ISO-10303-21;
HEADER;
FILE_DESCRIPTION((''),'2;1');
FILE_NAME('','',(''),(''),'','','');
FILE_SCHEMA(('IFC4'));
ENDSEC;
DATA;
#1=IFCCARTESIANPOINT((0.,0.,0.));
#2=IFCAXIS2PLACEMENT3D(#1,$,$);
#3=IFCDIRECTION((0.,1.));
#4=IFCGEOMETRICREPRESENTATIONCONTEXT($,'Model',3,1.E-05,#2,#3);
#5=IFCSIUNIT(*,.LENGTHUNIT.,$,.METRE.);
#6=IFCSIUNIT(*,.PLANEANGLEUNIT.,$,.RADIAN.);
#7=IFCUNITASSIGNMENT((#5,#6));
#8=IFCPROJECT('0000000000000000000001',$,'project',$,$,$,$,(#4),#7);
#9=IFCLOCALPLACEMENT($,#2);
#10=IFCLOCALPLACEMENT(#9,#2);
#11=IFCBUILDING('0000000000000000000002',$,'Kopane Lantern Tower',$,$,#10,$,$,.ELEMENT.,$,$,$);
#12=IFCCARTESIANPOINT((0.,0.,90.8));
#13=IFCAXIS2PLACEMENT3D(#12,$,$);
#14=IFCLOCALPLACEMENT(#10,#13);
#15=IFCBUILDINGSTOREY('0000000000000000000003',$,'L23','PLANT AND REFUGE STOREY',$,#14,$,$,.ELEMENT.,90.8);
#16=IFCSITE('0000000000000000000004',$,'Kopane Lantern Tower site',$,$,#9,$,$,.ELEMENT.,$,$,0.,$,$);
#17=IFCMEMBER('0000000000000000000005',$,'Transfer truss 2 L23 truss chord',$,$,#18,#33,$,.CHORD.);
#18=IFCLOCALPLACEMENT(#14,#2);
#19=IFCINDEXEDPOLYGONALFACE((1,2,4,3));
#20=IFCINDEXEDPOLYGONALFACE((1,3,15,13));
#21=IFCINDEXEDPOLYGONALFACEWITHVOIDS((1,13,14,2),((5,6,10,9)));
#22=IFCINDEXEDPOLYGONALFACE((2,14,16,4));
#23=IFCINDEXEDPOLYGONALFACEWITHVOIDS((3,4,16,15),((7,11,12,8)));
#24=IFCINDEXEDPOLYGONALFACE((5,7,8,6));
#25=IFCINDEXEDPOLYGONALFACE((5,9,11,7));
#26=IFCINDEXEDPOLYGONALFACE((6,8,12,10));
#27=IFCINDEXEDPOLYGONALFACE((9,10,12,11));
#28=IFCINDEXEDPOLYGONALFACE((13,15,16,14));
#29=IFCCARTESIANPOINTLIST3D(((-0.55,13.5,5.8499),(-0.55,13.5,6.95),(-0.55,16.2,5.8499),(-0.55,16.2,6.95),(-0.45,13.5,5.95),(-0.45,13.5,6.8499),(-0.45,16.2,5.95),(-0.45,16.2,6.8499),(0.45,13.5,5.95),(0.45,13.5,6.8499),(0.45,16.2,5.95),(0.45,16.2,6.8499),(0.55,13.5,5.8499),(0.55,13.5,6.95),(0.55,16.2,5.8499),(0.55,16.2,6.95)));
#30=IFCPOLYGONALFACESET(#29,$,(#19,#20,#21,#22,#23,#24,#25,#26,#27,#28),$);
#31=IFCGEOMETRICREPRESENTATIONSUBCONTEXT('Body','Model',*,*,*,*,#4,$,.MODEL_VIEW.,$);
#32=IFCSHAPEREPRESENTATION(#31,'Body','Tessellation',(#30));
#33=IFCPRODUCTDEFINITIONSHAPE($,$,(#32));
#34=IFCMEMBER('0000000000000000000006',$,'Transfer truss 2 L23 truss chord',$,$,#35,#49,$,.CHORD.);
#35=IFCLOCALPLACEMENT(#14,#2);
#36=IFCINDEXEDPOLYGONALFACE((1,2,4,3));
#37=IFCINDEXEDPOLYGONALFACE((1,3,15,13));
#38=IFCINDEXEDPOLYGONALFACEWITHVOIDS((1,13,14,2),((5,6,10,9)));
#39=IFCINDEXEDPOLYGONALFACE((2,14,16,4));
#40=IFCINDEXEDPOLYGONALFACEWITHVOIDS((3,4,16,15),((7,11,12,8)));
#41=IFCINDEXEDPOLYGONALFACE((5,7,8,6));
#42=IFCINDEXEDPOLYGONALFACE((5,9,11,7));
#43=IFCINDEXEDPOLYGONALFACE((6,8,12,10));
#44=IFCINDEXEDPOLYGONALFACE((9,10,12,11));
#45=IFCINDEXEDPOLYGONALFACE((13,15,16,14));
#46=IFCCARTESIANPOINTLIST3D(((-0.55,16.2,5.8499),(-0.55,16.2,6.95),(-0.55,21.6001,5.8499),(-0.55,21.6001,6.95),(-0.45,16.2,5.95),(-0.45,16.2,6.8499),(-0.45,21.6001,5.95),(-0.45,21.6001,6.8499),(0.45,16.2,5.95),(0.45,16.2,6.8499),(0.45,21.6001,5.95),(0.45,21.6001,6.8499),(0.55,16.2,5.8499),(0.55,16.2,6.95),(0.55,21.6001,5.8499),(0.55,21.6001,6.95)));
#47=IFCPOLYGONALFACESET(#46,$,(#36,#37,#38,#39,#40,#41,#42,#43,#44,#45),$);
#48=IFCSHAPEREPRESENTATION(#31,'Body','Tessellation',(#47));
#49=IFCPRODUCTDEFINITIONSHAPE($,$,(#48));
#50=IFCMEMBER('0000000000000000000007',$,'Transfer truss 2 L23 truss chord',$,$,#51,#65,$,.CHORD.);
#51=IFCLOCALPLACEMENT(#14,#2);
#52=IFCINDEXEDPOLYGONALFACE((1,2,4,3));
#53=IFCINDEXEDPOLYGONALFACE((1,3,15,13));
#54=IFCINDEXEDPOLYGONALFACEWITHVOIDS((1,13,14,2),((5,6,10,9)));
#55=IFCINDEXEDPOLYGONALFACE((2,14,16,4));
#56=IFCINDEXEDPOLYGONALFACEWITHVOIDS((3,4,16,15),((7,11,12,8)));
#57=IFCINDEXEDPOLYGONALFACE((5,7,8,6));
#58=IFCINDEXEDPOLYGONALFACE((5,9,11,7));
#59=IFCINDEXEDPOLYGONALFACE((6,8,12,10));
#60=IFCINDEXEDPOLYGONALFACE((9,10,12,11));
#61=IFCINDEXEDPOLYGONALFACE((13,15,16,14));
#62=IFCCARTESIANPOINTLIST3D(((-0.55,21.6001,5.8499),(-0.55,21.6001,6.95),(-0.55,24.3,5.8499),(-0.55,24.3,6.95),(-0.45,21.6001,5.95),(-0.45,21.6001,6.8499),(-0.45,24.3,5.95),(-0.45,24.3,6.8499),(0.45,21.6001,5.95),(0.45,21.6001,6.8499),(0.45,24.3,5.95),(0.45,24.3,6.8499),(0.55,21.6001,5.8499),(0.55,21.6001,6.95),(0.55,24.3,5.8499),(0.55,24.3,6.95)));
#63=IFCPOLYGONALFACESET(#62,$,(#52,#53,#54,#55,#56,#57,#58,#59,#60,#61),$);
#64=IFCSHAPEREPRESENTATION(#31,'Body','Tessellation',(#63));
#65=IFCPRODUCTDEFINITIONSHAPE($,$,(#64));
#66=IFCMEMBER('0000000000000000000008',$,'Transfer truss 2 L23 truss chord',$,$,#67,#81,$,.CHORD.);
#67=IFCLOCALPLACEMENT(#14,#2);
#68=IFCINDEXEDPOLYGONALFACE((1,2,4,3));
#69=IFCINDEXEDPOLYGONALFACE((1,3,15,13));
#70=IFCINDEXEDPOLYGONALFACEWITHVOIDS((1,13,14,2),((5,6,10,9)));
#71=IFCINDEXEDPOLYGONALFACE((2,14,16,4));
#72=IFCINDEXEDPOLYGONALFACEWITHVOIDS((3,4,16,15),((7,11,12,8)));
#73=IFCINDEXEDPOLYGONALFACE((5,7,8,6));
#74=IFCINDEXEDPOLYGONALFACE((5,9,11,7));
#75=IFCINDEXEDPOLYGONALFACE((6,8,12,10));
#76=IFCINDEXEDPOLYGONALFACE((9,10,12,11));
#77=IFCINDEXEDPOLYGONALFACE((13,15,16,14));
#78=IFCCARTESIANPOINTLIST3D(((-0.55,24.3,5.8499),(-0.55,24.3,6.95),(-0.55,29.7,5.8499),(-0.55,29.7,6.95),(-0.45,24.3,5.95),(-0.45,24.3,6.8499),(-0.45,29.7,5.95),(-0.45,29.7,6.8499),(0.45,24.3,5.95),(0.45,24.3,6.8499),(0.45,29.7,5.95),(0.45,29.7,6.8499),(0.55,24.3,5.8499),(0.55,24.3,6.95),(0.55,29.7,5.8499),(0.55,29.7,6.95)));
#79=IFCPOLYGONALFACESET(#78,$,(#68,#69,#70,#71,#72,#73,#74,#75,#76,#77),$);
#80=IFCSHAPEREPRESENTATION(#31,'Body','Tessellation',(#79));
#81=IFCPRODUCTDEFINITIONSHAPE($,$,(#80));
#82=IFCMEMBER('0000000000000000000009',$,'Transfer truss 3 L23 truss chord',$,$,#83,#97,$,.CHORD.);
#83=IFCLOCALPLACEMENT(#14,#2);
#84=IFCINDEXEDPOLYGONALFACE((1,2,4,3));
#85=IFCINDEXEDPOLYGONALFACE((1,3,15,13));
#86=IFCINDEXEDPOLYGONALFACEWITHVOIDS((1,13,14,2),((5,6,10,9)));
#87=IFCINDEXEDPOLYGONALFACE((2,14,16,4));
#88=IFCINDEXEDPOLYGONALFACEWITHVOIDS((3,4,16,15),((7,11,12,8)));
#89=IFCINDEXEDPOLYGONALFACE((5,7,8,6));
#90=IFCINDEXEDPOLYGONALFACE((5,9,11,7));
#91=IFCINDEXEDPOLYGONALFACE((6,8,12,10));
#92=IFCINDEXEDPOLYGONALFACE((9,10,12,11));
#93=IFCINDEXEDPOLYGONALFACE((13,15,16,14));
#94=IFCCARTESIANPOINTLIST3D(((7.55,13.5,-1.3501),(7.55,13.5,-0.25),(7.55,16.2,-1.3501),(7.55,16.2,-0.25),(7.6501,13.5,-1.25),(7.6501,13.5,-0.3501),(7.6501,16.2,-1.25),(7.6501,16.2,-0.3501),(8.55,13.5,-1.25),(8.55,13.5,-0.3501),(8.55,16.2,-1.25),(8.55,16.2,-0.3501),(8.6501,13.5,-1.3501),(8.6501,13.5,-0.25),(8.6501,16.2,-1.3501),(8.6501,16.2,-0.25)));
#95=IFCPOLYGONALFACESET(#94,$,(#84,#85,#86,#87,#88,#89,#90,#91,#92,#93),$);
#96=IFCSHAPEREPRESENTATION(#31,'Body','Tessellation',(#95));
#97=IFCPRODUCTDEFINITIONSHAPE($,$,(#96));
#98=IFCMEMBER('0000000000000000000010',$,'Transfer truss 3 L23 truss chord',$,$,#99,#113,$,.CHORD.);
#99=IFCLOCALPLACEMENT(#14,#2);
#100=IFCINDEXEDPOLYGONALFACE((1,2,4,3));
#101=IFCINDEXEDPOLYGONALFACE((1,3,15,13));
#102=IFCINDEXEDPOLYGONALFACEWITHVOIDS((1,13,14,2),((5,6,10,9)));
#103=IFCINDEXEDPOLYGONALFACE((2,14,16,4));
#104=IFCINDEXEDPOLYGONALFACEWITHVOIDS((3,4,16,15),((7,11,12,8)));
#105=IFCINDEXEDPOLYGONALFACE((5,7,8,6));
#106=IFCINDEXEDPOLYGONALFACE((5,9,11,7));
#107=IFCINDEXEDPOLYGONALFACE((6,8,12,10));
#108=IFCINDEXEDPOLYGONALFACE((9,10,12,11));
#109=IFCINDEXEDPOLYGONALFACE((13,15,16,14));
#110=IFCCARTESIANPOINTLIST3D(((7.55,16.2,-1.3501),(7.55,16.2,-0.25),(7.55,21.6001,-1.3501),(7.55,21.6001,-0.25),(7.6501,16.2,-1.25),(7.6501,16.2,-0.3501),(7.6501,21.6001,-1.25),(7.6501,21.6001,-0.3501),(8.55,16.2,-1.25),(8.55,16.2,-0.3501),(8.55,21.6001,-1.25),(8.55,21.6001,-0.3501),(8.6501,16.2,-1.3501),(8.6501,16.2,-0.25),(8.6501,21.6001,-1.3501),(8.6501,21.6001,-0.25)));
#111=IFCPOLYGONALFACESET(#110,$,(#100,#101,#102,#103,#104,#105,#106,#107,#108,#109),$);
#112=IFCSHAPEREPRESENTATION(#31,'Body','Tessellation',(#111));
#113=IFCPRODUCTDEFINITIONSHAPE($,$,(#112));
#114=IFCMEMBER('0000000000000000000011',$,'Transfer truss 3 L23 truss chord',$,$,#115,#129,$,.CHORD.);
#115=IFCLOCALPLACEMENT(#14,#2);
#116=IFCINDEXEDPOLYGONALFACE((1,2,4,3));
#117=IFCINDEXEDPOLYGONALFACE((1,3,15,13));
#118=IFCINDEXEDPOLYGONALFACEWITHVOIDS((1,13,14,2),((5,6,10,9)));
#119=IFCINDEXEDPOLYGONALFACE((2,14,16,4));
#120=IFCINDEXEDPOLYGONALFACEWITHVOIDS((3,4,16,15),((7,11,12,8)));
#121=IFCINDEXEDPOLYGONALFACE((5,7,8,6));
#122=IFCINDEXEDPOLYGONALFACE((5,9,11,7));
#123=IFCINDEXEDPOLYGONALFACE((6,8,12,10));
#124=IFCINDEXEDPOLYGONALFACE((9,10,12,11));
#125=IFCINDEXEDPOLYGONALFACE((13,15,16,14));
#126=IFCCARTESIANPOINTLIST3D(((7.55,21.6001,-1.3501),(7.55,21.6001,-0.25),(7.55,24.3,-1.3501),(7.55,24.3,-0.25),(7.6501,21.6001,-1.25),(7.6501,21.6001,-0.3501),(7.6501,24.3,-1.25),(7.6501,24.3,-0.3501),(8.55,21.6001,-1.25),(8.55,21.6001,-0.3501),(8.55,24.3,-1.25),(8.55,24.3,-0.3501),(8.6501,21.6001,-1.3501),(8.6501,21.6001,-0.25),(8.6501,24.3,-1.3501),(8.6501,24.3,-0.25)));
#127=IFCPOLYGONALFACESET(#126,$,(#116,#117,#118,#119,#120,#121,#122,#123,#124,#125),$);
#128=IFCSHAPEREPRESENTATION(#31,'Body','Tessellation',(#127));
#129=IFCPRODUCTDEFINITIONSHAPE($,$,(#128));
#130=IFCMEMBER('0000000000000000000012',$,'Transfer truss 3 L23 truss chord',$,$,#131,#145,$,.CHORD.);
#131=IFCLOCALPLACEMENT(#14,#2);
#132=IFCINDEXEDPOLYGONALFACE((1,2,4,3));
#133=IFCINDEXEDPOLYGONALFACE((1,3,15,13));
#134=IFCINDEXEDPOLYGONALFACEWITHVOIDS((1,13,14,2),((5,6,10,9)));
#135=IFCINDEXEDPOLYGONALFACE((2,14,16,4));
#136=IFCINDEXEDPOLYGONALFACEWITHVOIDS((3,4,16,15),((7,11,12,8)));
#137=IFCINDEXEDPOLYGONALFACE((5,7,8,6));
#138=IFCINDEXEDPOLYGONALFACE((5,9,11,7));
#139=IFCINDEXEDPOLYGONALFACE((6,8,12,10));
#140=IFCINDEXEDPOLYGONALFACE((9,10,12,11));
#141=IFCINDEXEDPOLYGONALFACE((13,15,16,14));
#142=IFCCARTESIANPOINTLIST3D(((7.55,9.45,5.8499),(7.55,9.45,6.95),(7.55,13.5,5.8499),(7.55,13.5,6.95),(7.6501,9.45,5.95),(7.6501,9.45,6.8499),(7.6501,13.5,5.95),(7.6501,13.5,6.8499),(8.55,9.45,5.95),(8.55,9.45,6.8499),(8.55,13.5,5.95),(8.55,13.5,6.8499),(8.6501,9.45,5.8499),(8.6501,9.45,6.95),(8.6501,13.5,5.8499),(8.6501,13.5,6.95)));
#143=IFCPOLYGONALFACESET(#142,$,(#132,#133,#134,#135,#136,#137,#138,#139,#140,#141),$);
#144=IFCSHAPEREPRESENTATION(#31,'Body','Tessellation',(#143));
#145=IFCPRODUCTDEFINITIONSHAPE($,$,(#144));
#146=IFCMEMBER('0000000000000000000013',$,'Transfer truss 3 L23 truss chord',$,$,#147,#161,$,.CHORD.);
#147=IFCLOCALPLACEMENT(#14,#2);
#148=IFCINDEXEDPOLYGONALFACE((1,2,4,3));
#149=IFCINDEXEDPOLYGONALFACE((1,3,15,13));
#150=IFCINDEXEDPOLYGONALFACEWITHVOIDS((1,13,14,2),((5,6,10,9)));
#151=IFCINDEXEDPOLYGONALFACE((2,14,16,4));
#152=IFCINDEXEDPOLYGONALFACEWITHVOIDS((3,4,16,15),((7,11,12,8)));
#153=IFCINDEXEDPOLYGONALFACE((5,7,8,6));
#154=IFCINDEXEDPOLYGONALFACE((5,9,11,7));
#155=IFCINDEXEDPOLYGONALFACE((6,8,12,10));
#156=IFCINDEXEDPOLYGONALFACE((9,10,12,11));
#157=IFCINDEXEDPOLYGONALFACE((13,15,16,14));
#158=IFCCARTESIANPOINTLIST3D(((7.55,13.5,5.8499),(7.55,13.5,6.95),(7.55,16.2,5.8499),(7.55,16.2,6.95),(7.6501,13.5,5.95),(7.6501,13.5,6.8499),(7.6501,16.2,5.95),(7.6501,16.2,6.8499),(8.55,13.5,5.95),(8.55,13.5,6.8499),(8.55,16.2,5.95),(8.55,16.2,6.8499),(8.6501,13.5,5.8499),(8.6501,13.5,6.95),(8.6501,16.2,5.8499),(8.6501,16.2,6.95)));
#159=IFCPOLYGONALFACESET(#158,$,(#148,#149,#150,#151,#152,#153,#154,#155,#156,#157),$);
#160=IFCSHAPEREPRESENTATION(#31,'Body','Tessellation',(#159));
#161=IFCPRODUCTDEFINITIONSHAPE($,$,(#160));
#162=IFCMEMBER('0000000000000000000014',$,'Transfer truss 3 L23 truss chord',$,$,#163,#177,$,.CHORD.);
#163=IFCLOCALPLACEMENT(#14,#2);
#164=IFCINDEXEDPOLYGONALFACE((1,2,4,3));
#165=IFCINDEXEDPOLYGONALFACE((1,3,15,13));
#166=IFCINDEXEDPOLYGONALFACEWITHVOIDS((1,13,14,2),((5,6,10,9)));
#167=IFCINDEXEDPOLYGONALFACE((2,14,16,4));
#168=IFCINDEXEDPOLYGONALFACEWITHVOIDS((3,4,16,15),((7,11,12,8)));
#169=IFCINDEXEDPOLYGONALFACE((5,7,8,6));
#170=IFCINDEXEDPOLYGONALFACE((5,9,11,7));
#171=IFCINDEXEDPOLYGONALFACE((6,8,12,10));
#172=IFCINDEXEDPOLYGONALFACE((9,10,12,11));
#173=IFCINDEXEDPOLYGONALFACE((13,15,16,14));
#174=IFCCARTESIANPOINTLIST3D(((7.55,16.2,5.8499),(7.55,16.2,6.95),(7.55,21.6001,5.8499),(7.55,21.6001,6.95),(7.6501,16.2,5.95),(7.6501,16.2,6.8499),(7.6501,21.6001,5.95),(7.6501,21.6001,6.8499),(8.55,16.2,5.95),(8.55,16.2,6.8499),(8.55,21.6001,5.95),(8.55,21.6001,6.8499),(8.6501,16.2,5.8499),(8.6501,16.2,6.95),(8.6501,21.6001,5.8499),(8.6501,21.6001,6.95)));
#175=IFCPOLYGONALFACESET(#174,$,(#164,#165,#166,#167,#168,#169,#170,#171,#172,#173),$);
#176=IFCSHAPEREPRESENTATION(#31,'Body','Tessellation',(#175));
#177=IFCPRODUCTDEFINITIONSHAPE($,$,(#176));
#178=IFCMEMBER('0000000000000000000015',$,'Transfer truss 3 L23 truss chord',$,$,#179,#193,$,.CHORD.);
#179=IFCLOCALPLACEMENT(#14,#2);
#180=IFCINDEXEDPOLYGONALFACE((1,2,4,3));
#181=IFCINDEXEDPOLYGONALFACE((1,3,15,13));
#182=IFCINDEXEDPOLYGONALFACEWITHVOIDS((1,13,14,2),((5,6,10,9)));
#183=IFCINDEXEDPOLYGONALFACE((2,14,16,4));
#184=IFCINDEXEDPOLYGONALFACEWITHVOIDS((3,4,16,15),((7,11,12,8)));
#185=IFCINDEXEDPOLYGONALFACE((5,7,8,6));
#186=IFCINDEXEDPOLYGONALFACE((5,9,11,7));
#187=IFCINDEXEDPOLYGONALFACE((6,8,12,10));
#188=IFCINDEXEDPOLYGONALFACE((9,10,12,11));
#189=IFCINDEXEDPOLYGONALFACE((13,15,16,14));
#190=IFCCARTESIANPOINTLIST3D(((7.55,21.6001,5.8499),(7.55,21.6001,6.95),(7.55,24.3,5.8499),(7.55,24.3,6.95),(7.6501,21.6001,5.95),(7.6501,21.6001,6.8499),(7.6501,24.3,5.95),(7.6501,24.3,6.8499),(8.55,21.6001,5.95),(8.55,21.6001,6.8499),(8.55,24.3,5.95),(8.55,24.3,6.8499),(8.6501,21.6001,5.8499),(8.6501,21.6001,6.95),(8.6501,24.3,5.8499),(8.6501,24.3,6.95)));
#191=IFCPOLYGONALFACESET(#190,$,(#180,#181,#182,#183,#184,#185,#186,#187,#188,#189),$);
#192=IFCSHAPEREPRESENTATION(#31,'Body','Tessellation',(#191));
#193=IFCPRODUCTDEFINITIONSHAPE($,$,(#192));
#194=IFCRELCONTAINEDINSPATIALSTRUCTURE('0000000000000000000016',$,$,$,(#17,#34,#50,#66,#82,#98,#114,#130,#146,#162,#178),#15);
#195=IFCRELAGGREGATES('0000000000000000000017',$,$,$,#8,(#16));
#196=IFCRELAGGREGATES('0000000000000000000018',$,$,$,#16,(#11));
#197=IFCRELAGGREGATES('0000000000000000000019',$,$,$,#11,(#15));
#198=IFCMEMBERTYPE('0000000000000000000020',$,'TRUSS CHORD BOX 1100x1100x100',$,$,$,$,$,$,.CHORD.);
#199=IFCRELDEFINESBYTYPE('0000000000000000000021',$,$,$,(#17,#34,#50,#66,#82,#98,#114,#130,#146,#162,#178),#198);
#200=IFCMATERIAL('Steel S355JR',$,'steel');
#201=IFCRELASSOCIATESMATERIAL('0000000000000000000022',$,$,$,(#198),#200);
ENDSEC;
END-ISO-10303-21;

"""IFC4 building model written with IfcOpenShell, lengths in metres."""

from ifc_helpers import new_model, si_unit, direction, frame, origin, origin_2d, place, context, subcontext, project, spatial, hollow_rectangle, extrude, material, material_profile, profile_set, type_object, element, save


model = new_model("IFC4")

# Units and contexts
model_context = context("Model", 3, precision=1e-05, world=origin(), true_north=direction((0.0, 1.0)))
body_context = subcontext(model_context, "Body", "Model", "MODEL_VIEW")
ifc_project = project(units=[si_unit("LENGTHUNIT", "METRE"), si_unit("PLANEANGLEUNIT", "RADIAN")], contexts=[model_context])

# Site, building, storey
site_placement = place(None, origin())
site = spatial("IfcSite", under=ifc_project, at=site_placement, Name="Kopane Lantern Tower site", CompositionType="ELEMENT", RefElevation=0.0)
building_placement = place(site_placement, origin())
building = spatial("IfcBuilding", under=site, at=building_placement, Name="Kopane Lantern Tower", CompositionType="ELEMENT")
storey_placement = place(building_placement, frame((0.0, 0.0, 90.8)))
storey = spatial("IfcBuildingStorey", under=building, at=storey_placement, Name="L23", Description="PLANT AND REFUGE STOREY", CompositionType="ELEMENT", Elevation=90.8)

# Members
ifc_material_1 = material(Name="Steel S355JR", Category="steel")
ifc_material_profile_1 = material_profile(ifc_material_1, hollow_rectangle(XDim=1.1001, YDim=1.1001, WallThickness=0.1001, at=origin_2d()), Name="BOX 1100x1100x100")
ifc_profile_set_1 = profile_set([ifc_material_profile_1], Name="Steel S355JR")
member_type_1 = type_object("IfcMemberType", Name="TRUSS CHORD BOX 1100x1100x100", PredefinedType="CHORD", material=ifc_profile_set_1)
member_1_placement = place(storey_placement, frame((0.0, 13.5, 6.3999), z_axis=(0.0, 1.0, 0.0), x_axis=(-1.0, 0.0, 0.0)))
element("IfcMember", 1, at=member_1_placement, inside=storey, type_object=member_type_1, Name="Transfer truss 2 L23 truss chord", PredefinedType="CHORD", context=body_context, shape_type="SweptSolid", body=[
    extrude(hollow_rectangle(XDim=1.1001, YDim=1.1001, WallThickness=0.1001, at=origin_2d()), origin(), (0.0, 0.0, 1.0), 2.7),
])
member_2_placement = place(storey_placement, frame((0.0, 16.2, 6.3999), z_axis=(0.0, 1.0, 0.0), x_axis=(-1.0, 0.0, 0.0)))
element("IfcMember", 2, at=member_2_placement, inside=storey, type_object=member_type_1, Name="Transfer truss 2 L23 truss chord", PredefinedType="CHORD", context=body_context, shape_type="SweptSolid", body=[
    extrude(hollow_rectangle(XDim=1.1001, YDim=1.1001, WallThickness=0.1001, at=origin_2d()), origin(), (0.0, 0.0, 1.0), 5.4001),
])
member_3_placement = place(storey_placement, frame((0.0, 21.6001, 6.3999), z_axis=(0.0, 1.0, 0.0), x_axis=(-1.0, 0.0, 0.0)))
element("IfcMember", 3, at=member_3_placement, inside=storey, type_object=member_type_1, Name="Transfer truss 2 L23 truss chord", PredefinedType="CHORD", context=body_context, shape_type="SweptSolid", body=[
    extrude(hollow_rectangle(XDim=1.1001, YDim=1.1001, WallThickness=0.1001, at=origin_2d()), origin(), (0.0, 0.0, 1.0), 2.7),
])
member_4_placement = place(storey_placement, frame((0.0, 24.3, 6.3999), z_axis=(0.0, 1.0, 0.0), x_axis=(-1.0, 0.0, 0.0)))
element("IfcMember", 4, at=member_4_placement, inside=storey, type_object=member_type_1, Name="Transfer truss 2 L23 truss chord", PredefinedType="CHORD", context=body_context, shape_type="SweptSolid", body=[
    extrude(hollow_rectangle(XDim=1.1001, YDim=1.1001, WallThickness=0.1001, at=origin_2d()), origin(), (0.0, 0.0, 1.0), 5.3999),
])
member_5_placement = place(storey_placement, frame((8.1001, 13.5, -0.8), z_axis=(0.0, 1.0, 0.0), x_axis=(-1.0, 0.0, 0.0)))
element("IfcMember", 5, at=member_5_placement, inside=storey, type_object=member_type_1, Name="Transfer truss 3 L23 truss chord", PredefinedType="CHORD", context=body_context, shape_type="SweptSolid", body=[
    extrude(hollow_rectangle(XDim=1.1001, YDim=1.1001, WallThickness=0.1001, at=origin_2d()), origin(), (0.0, 0.0, 1.0), 2.7),
])
member_6_placement = place(storey_placement, frame((8.1001, 16.2, -0.8), z_axis=(0.0, 1.0, 0.0), x_axis=(-1.0, 0.0, 0.0)))
element("IfcMember", 6, at=member_6_placement, inside=storey, type_object=member_type_1, Name="Transfer truss 3 L23 truss chord", PredefinedType="CHORD", context=body_context, shape_type="SweptSolid", body=[
    extrude(hollow_rectangle(XDim=1.1001, YDim=1.1001, WallThickness=0.1001, at=origin_2d()), origin(), (0.0, 0.0, 1.0), 5.4001),
])
member_7_placement = place(storey_placement, frame((8.1001, 21.6001, -0.8), z_axis=(0.0, 1.0, 0.0), x_axis=(-1.0, 0.0, 0.0)))
element("IfcMember", 7, at=member_7_placement, inside=storey, type_object=member_type_1, Name="Transfer truss 3 L23 truss chord", PredefinedType="CHORD", context=body_context, shape_type="SweptSolid", body=[
    extrude(hollow_rectangle(XDim=1.1001, YDim=1.1001, WallThickness=0.1001, at=origin_2d()), origin(), (0.0, 0.0, 1.0), 2.7),
])
member_8_placement = place(storey_placement, frame((8.1001, 9.45, 6.3999), z_axis=(0.0, 1.0, 0.0), x_axis=(-1.0, 0.0, 0.0)))
element("IfcMember", 8, at=member_8_placement, inside=storey, type_object=member_type_1, Name="Transfer truss 3 L23 truss chord", PredefinedType="CHORD", context=body_context, shape_type="SweptSolid", body=[
    extrude(hollow_rectangle(XDim=1.1001, YDim=1.1001, WallThickness=0.1001, at=origin_2d()), origin(), (0.0, 0.0, 1.0), 4.05),
])
member_9_placement = place(storey_placement, frame((8.1001, 13.5, 6.3999), z_axis=(0.0, 1.0, 0.0), x_axis=(-1.0, 0.0, 0.0)))
element("IfcMember", 9, at=member_9_placement, inside=storey, type_object=member_type_1, Name="Transfer truss 3 L23 truss chord", PredefinedType="CHORD", context=body_context, shape_type="SweptSolid", body=[
    extrude(hollow_rectangle(XDim=1.1001, YDim=1.1001, WallThickness=0.1001, at=origin_2d()), origin(), (0.0, 0.0, 1.0), 2.7),
])
member_10_placement = place(storey_placement, frame((8.1001, 16.2, 6.3999), z_axis=(0.0, 1.0, 0.0), x_axis=(-1.0, 0.0, 0.0)))
element("IfcMember", 10, at=member_10_placement, inside=storey, type_object=member_type_1, Name="Transfer truss 3 L23 truss chord", PredefinedType="CHORD", context=body_context, shape_type="SweptSolid", body=[
    extrude(hollow_rectangle(XDim=1.1001, YDim=1.1001, WallThickness=0.1001, at=origin_2d()), origin(), (0.0, 0.0, 1.0), 5.4001),
])
member_11_placement = place(storey_placement, frame((8.1001, 21.6001, 6.3999), z_axis=(0.0, 1.0, 0.0), x_axis=(-1.0, 0.0, 0.0)))
element("IfcMember", 11, at=member_11_placement, inside=storey, type_object=member_type_1, Name="Transfer truss 3 L23 truss chord", PredefinedType="CHORD", context=body_context, shape_type="SweptSolid", body=[
    extrude(hollow_rectangle(XDim=1.1001, YDim=1.1001, WallThickness=0.1001, at=origin_2d()), origin(), (0.0, 0.0, 1.0), 2.7),
])

save(model, "model.ifc")
